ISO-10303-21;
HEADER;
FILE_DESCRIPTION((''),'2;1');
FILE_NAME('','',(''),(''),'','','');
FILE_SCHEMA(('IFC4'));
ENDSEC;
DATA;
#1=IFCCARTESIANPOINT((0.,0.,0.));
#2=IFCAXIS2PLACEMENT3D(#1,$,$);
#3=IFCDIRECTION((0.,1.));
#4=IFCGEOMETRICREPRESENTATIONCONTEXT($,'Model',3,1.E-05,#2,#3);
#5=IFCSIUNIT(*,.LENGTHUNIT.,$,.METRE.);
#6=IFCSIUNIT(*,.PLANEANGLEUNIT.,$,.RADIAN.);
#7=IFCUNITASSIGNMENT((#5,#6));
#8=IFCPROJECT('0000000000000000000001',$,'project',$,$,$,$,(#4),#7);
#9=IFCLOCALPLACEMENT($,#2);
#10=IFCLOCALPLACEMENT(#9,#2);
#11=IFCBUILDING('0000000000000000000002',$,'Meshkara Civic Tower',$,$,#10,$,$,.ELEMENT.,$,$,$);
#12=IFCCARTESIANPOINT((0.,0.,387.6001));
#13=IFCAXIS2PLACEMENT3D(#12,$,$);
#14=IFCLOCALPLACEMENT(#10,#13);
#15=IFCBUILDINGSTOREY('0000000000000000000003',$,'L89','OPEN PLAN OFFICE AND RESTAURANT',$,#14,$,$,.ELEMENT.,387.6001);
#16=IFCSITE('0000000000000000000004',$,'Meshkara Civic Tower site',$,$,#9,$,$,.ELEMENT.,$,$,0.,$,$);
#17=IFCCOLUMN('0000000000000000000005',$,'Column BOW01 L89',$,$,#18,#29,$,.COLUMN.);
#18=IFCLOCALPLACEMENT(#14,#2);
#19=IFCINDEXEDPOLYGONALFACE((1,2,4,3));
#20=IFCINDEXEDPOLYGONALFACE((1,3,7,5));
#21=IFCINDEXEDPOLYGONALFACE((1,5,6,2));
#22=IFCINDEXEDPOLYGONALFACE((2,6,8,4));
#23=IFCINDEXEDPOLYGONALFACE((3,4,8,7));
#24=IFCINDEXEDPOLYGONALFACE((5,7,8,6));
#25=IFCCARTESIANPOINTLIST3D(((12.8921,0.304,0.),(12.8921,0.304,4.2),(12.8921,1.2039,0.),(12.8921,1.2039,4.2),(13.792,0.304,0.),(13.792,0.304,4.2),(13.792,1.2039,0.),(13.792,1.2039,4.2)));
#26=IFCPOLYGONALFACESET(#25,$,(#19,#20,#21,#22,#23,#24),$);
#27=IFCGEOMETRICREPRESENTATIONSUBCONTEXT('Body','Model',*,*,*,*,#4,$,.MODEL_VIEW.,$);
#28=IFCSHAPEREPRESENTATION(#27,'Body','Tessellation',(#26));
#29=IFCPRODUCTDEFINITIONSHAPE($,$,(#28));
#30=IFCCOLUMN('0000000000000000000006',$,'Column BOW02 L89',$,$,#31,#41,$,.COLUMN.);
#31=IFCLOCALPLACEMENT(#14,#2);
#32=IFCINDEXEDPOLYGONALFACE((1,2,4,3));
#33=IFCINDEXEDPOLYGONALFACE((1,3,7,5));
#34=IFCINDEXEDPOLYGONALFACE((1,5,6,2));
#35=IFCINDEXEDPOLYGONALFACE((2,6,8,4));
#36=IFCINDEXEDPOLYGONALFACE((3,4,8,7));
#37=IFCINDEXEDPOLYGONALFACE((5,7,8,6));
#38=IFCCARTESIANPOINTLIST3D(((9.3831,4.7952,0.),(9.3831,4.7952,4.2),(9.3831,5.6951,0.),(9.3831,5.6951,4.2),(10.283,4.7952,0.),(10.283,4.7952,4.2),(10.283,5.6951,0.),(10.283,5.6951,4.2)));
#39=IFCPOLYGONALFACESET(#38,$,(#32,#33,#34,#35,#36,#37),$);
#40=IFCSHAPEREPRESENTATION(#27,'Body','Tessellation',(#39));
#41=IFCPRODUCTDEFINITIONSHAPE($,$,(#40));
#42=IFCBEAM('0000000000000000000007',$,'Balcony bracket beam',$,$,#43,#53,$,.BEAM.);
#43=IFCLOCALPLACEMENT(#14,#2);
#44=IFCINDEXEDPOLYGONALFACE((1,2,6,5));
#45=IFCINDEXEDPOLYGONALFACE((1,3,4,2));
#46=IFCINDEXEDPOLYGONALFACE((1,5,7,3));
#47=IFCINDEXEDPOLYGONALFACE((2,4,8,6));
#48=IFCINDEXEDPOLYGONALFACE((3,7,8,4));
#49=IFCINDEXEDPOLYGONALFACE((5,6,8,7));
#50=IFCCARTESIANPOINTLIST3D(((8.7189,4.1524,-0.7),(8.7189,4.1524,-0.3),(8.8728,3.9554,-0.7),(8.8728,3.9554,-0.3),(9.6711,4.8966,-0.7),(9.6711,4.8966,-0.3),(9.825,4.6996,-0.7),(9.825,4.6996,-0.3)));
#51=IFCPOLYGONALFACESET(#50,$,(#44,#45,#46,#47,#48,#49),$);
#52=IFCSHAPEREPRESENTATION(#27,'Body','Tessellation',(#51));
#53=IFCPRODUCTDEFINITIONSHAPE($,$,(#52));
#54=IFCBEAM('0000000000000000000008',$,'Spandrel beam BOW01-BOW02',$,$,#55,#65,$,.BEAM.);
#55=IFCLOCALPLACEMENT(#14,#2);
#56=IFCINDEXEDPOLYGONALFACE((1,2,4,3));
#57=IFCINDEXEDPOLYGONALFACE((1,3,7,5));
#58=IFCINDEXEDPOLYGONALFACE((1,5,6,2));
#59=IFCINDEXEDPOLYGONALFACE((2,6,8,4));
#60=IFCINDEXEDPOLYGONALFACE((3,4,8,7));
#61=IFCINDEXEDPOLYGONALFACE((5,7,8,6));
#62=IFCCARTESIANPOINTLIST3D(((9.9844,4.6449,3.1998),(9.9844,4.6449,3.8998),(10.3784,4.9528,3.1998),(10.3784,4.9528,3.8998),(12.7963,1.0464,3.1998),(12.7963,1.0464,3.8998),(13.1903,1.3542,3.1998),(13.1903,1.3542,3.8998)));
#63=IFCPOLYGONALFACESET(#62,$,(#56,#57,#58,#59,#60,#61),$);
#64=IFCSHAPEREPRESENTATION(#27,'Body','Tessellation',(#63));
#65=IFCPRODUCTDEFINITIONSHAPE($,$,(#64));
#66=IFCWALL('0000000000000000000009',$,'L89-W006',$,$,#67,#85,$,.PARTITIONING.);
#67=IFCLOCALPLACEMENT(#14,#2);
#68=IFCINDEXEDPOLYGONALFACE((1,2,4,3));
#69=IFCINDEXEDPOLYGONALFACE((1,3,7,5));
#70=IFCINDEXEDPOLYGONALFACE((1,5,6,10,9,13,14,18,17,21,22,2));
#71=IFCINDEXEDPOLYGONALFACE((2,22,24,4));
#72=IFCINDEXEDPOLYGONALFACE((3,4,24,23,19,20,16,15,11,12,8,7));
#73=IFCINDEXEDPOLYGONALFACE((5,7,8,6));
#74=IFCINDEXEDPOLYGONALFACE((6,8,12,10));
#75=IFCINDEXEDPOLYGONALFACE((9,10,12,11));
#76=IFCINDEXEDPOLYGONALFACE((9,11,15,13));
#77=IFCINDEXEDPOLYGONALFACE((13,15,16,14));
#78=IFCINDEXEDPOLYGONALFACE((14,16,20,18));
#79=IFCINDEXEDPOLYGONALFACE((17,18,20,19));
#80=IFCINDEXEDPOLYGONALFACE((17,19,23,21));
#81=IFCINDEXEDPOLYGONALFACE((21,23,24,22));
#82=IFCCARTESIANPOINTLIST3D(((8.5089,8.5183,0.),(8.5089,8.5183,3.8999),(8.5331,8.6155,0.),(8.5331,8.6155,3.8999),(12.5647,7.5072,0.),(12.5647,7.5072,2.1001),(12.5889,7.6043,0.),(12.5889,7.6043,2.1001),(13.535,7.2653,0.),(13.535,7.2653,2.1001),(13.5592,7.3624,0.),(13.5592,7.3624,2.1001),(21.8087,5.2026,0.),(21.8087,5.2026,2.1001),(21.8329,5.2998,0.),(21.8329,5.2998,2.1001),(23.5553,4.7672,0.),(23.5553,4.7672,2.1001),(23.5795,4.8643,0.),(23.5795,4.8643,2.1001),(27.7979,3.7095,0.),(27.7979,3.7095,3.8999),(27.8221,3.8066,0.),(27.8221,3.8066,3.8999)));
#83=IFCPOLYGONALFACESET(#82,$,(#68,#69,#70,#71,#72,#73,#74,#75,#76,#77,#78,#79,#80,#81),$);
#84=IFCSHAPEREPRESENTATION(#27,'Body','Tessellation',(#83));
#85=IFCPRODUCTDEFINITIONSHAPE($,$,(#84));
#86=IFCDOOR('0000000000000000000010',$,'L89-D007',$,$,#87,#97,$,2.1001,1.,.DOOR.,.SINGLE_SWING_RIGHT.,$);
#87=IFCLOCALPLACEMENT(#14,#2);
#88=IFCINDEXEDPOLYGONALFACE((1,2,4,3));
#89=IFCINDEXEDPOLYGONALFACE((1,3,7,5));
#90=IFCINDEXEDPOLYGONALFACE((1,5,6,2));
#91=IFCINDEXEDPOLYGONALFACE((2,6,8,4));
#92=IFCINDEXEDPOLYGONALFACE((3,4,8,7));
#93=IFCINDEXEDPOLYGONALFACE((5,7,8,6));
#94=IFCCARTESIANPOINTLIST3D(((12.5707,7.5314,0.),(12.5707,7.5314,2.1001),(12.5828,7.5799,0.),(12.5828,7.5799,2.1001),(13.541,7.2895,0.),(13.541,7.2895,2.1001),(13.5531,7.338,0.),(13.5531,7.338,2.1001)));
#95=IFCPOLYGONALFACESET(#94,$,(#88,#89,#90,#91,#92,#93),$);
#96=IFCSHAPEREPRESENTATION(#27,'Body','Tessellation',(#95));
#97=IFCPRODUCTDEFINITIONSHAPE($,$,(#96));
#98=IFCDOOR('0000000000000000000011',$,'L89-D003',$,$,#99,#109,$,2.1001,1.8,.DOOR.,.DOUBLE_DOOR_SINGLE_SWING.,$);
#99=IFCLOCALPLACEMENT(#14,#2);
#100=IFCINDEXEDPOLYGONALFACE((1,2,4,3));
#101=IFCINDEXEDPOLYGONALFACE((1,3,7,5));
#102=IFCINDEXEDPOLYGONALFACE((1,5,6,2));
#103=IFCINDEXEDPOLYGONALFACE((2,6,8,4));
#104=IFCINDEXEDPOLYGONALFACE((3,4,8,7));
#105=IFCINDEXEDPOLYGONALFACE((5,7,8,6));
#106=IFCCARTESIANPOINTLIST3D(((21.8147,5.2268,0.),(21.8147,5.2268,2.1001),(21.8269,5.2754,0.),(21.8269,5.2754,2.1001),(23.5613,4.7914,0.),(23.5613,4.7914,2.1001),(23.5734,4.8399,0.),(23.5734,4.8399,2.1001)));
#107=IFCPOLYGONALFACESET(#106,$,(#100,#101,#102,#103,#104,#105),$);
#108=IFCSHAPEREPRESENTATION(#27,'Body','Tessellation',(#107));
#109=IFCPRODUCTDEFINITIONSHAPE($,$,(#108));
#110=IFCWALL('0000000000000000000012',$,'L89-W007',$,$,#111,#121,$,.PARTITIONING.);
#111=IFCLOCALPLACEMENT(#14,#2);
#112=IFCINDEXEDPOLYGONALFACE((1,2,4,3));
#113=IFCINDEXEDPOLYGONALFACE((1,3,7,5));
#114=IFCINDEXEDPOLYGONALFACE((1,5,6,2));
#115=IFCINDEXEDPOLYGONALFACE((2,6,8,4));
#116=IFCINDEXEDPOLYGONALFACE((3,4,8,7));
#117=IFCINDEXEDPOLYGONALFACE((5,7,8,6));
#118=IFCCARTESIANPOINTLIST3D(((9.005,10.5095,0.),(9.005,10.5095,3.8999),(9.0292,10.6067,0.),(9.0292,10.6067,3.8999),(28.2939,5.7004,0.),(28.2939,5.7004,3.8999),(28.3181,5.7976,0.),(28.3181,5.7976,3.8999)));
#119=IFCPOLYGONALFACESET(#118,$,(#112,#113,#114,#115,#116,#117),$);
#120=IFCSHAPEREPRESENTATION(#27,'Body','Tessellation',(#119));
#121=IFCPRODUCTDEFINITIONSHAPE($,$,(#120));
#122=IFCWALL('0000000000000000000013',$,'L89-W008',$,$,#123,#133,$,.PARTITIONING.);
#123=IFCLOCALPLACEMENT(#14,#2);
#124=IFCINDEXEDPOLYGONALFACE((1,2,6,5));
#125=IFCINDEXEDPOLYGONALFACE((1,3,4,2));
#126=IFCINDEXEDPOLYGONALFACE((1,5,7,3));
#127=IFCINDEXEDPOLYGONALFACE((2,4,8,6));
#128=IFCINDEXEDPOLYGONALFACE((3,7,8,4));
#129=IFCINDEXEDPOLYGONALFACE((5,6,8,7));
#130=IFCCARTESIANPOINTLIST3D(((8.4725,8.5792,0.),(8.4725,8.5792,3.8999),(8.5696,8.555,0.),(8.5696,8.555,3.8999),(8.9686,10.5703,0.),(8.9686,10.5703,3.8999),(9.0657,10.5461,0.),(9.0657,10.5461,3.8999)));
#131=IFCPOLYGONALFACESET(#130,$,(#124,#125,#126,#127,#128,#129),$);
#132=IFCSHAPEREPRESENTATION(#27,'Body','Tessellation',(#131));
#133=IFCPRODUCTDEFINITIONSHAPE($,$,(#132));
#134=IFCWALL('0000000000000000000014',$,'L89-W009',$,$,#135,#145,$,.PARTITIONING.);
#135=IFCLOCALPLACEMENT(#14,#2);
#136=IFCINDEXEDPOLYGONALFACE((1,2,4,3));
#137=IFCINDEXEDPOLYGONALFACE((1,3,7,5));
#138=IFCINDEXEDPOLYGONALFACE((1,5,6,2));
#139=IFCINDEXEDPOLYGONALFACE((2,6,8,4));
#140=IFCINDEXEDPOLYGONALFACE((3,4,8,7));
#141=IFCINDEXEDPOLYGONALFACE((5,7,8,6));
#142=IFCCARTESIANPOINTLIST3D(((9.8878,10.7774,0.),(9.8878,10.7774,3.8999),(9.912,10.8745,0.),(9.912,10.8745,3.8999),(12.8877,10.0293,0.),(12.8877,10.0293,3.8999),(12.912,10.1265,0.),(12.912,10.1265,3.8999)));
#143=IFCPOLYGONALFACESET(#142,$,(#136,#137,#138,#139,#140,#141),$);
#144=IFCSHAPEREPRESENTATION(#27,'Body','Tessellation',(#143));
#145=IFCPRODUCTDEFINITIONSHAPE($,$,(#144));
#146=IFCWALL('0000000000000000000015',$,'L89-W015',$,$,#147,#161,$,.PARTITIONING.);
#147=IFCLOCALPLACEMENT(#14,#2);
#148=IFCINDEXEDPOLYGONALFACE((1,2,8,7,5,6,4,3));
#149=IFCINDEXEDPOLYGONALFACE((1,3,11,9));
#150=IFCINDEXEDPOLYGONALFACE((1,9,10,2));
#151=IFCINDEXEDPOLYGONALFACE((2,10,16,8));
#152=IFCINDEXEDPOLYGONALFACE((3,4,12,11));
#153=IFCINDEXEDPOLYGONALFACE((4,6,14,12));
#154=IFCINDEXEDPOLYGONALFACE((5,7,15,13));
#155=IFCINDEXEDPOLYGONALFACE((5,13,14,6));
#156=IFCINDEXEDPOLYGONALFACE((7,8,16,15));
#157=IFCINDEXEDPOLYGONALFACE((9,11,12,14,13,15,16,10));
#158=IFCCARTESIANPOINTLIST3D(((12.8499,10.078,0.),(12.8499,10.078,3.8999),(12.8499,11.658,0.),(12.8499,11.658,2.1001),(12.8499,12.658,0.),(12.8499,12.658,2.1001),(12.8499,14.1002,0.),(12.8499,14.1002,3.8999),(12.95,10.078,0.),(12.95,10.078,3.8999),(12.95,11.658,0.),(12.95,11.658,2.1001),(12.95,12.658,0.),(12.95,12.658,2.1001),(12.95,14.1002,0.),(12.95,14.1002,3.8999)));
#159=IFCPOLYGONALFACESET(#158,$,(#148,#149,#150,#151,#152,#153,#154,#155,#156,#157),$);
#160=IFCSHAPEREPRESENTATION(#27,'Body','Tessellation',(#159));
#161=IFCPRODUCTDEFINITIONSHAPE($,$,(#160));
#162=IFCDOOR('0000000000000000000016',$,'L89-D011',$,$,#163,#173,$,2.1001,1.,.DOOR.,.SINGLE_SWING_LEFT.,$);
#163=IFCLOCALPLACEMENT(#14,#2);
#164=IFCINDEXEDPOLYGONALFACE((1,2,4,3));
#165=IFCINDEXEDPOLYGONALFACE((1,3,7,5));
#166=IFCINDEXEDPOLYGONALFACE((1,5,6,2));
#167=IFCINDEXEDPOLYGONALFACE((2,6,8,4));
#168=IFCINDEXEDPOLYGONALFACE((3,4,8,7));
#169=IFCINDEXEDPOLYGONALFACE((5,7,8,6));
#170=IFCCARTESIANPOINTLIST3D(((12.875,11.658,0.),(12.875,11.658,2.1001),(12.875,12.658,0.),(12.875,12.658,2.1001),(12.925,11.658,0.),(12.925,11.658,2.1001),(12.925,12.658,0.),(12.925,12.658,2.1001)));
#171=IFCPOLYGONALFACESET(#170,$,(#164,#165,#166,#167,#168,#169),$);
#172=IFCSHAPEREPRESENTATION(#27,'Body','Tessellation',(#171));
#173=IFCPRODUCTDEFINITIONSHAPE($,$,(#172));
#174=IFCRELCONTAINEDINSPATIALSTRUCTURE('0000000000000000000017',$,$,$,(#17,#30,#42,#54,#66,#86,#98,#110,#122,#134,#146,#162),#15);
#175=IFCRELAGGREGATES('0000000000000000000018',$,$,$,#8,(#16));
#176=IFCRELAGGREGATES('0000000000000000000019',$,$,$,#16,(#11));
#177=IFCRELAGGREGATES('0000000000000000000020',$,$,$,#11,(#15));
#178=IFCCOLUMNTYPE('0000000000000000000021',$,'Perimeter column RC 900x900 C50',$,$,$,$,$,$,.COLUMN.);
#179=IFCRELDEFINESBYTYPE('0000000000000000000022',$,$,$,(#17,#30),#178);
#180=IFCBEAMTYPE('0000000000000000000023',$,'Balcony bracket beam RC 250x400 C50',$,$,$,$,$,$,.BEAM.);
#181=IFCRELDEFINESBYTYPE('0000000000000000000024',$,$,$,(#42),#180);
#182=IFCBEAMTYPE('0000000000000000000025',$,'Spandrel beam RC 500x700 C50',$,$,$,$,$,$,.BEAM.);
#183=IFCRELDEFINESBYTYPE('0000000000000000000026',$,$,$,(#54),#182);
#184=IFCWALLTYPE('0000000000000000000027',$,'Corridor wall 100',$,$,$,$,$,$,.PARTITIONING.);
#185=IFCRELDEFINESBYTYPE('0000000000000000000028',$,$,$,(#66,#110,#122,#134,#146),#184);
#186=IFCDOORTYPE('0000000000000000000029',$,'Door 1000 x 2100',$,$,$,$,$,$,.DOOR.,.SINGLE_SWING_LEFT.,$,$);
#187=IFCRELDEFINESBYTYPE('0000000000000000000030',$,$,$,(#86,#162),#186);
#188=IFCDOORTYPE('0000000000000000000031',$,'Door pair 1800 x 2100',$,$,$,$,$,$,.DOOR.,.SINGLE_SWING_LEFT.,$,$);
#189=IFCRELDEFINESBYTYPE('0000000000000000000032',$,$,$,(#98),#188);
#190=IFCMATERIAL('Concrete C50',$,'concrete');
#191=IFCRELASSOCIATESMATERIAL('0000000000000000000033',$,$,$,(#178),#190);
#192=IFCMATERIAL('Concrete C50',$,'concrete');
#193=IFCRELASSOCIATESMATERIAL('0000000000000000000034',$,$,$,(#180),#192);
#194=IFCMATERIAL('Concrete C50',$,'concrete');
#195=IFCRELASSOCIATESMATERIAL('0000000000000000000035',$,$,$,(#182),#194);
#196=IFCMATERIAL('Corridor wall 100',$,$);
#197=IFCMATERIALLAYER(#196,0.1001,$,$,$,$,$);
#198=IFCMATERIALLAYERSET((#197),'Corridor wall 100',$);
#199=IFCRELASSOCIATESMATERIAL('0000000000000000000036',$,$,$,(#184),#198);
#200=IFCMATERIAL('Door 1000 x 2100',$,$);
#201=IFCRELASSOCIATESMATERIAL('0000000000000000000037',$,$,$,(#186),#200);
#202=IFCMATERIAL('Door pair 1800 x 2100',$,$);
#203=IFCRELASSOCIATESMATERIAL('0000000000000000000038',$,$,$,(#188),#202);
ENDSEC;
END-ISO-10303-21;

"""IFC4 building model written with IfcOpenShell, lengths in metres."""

from ifc_helpers import new_model, si_unit, direction, frame, frame_2d, origin, origin_2d, place, context, subcontext, project, spatial, rectangle, extrude, material, layer, layer_set, material_profile, profile_set, type_object, element, fill, save


model = new_model("IFC4")

# Units and contexts
model_context = context("Model", 3, precision=1e-05, world=origin(), true_north=direction((0.0, 1.0)))
body_context = subcontext(model_context, "Body", "Model", "MODEL_VIEW")
ifc_project = project(units=[si_unit("LENGTHUNIT", "METRE"), si_unit("PLANEANGLEUNIT", "RADIAN")], contexts=[model_context])

# Site, building, storey
site_placement = place(None, origin())
site = spatial("IfcSite", under=ifc_project, at=site_placement, Name="Meshkara Civic Tower site", CompositionType="ELEMENT", RefElevation=0.0)
building_placement = place(site_placement, origin())
building = spatial("IfcBuilding", under=site, at=building_placement, Name="Meshkara Civic Tower", CompositionType="ELEMENT")
storey_placement = place(building_placement, frame((0.0, 0.0, 387.6001)))
storey = spatial("IfcBuildingStorey", under=building, at=storey_placement, Name="L89", Description="OPEN PLAN OFFICE AND RESTAURANT", CompositionType="ELEMENT", Elevation=387.6001)

# Columns
ifc_material_1 = material(Name="Concrete C50", Category="concrete")
ifc_material_profile_1 = material_profile(ifc_material_1, rectangle(XDim=0.8999, YDim=0.8999, at=origin_2d()))
ifc_profile_set_1 = profile_set([ifc_material_profile_1], Name="Concrete C50")
column_type = type_object("IfcColumnType", Name="Perimeter column RC 900x900 C50", PredefinedType="COLUMN", material=ifc_profile_set_1)
for number, where, z_axis, x_axis, name in (
    (1, (13.342, 0.7539, 0.0), (0.0, 0.0, 1.0), (1.0, 0.0, 0.0), "Column BOW01 L89"),
    (2, (9.833, 5.2451, 0.0), (0.0, 0.0, 1.0), (1.0, 0.0, 0.0), "Column BOW02 L89"),
):
    element("IfcColumn", number, at=place(storey_placement, frame(where, z_axis=z_axis, x_axis=x_axis)), inside=storey, type_object=column_type, Name=name, PredefinedType="COLUMN", context=body_context, shape_type="SweptSolid", body=[
        extrude(rectangle(XDim=0.8999, YDim=0.8999, at=origin_2d()), origin(), (0.0, 0.0, 1.0), 4.2),
    ])

# Beams
ifc_material_2 = material(Name="Concrete C50", Category="concrete")
ifc_material_profile_2 = material_profile(ifc_material_2, rectangle(XDim=0.25, YDim=0.3999, at=origin_2d()))
ifc_profile_set_2 = profile_set([ifc_material_profile_2], Name="Concrete C50")
beam_type_1 = type_object("IfcBeamType", Name="Balcony bracket beam RC 250x400 C50", PredefinedType="BEAM", material=ifc_profile_set_2)
beam_1_placement = place(storey_placement, frame((9.748, 4.7981, -0.5), z_axis=(-0.787914, -0.615785, 0.0), x_axis=(0.615785, -0.787914, 0.0)))
element("IfcBeam", 3, at=beam_1_placement, inside=storey, type_object=beam_type_1, Name="Balcony bracket beam", PredefinedType="BEAM", context=body_context, shape_type="SweptSolid", body=[
    extrude(rectangle(XDim=0.25, YDim=0.3999, at=origin_2d()), origin(), (0.0, 0.0, 1.0), 1.2085),
])
ifc_material_3 = material(Name="Concrete C50", Category="concrete")
ifc_material_profile_3 = material_profile(ifc_material_3, rectangle(XDim=0.5, YDim=0.7, at=origin_2d()))
ifc_profile_set_3 = profile_set([ifc_material_profile_3], Name="Concrete C50")
beam_type_2 = type_object("IfcBeamType", Name="Spandrel beam RC 500x700 C50", PredefinedType="BEAM", material=ifc_profile_set_3)
beam_2_placement = place(storey_placement, frame((10.1814, 4.7988, 3.5498), z_axis=(0.615723, -0.787963, 0.0), x_axis=(0.787963, 0.615723, 0.0)))
element("IfcBeam", 4, at=beam_2_placement, inside=storey, type_object=beam_type_2, Name="Spandrel beam BOW01-BOW02", PredefinedType="BEAM", context=body_context, shape_type="SweptSolid", body=[
    extrude(rectangle(XDim=0.5, YDim=0.7, at=origin_2d()), origin(), (0.0, 0.0, 1.0), 4.5669),
])

# Wall, openings, doors
ifc_material_4 = material(Name="Corridor wall 100")
ifc_layer_1 = layer(ifc_material_4, 0.1001)
ifc_layer_set_1 = layer_set([ifc_layer_1], Name="Corridor wall 100")
wall_type_1 = type_object("IfcWallType", Name="Corridor wall 100", PredefinedType="PARTITIONING", material=ifc_layer_set_1)
wall_1_placement = place(storey_placement, frame((8.521, 8.5669, 0.0), z_axis=(0.0, 0.0, 1.0), x_axis=(0.970301, -0.2419, 0.0)))
wall_1 = element("IfcWall", 5, at=wall_1_placement, inside=storey, type_object=wall_type_1, Name="L89-W006", PredefinedType="PARTITIONING", context=body_context, shape_type="SweptSolid", body=[
    extrude(rectangle(XDim=19.8794, YDim=0.1001, at=frame_2d((9.9397, 0.0))), origin(), (0.0, 0.0, 1.0), 3.8999),
])
opening_1_placement = place(wall_1_placement, frame((13.707, 0.0, 0.0)))
opening_1 = element("IfcOpeningElement", 6, at=opening_1_placement, cuts=wall_1, PredefinedType="OPENING", context=body_context, shape_type="SweptSolid", body=[
    extrude(rectangle(XDim=1.8, YDim=2.1001, at=frame_2d((0.8999, 1.05))), frame((0.0, 0.0601, 0.0), z_axis=(0.0, -1.0, 0.0), x_axis=(1.0, 0.0, 0.0)), (0.0, 0.0, 1.0), 0.1201),
])
opening_2_placement = place(wall_1_placement, frame((4.1799, 0.0, 0.0)))
opening_2 = element("IfcOpeningElement", 7, at=opening_2_placement, cuts=wall_1, PredefinedType="OPENING", context=body_context, shape_type="SweptSolid", body=[
    extrude(rectangle(XDim=1.0, YDim=2.1001, at=frame_2d((0.5, 1.05))), frame((0.0, 0.0601, 0.0), z_axis=(0.0, -1.0, 0.0), x_axis=(1.0, 0.0, 0.0)), (0.0, 0.0, 1.0), 0.1201),
])
ifc_material_5 = material(Name="Door 1000 x 2100")
door_type_1 = type_object("IfcDoorType", Name="Door 1000 x 2100", OperationType="SINGLE_SWING_LEFT", PredefinedType="DOOR", material=ifc_material_5)
door_1_placement = place(opening_2_placement, origin())
door_1 = element("IfcDoor", 8, at=door_1_placement, inside=storey, type_object=door_type_1, Name="L89-D007", OperationType="SINGLE_SWING_RIGHT", OverallHeight=2.1001, OverallWidth=1.0, PredefinedType="DOOR", context=body_context, shape_type="SweptSolid", body=[
    extrude(rectangle(XDim=1.0, YDim=2.1001, at=frame_2d((0.5, 1.05))), frame((0.0, 0.0249, 0.0), z_axis=(0.0, -1.0, 0.0), x_axis=(1.0, 0.0, 0.0)), (0.0, 0.0, 1.0), 0.05),
])
fill(opening_2, door_1)
ifc_material_6 = material(Name="Door pair 1800 x 2100")
door_type_2 = type_object("IfcDoorType", Name="Door pair 1800 x 2100", OperationType="SINGLE_SWING_LEFT", PredefinedType="DOOR", material=ifc_material_6)
door_2_placement = place(opening_1_placement, origin())
door_2 = element("IfcDoor", 9, at=door_2_placement, inside=storey, type_object=door_type_2, Name="L89-D003", OperationType="DOUBLE_DOOR_SINGLE_SWING", OverallHeight=2.1001, OverallWidth=1.8, PredefinedType="DOOR", context=body_context, shape_type="SweptSolid", body=[
    extrude(rectangle(XDim=1.8, YDim=2.1001, at=frame_2d((0.8999, 1.05))), frame((0.0, 0.0249, 0.0), z_axis=(0.0, -1.0, 0.0), x_axis=(1.0, 0.0, 0.0)), (0.0, 0.0, 1.0), 0.05),
])
fill(opening_1, door_2)

# Walls
wall_2_placement = place(storey_placement, frame((9.0171, 10.5581, 0.0), z_axis=(0.0, 0.0, 1.0), x_axis=(0.970298, -0.241914, 0.0)))
element("IfcWall", 10, at=wall_2_placement, inside=storey, type_object=wall_type_1, Name="L89-W007", PredefinedType="PARTITIONING", context=body_context, shape_type="SweptSolid", body=[
    extrude(rectangle(XDim=19.8794, YDim=0.1001, at=frame_2d((9.9397, 0.0))), origin(), (0.0, 0.0, 1.0), 3.8999),
])
wall_3_placement = place(storey_placement, frame((9.0171, 10.5581, 0.0), z_axis=(0.0, 0.0, 1.0), x_axis=(-0.241752, -0.970338, 0.0)))
element("IfcWall", 11, at=wall_3_placement, inside=storey, type_object=wall_type_1, Name="L89-W008", PredefinedType="PARTITIONING", context=body_context, shape_type="SweptSolid", body=[
    extrude(rectangle(XDim=2.052, YDim=0.1001, at=frame_2d((1.0259, 0.0))), origin(), (0.0, 0.0, 1.0), 3.8999),
])
wall_4_placement = place(storey_placement, frame((9.8999, 10.8259, 0.0), z_axis=(0.0, 0.0, 1.0), x_axis=(0.970291, -0.241941, 0.0)))
element("IfcWall", 12, at=wall_4_placement, inside=storey, type_object=wall_type_1, Name="L89-W009", PredefinedType="PARTITIONING", context=body_context, shape_type="SweptSolid", body=[
    extrude(rectangle(XDim=3.0918, YDim=0.1001, at=frame_2d((1.5459, 0.0))), origin(), (0.0, 0.0, 1.0), 3.8999),
])

# Wall, opening, door
wall_5_placement = place(storey_placement, frame((12.8999, 10.0779, 0.0), z_axis=(0.0, 0.0, 1.0), x_axis=(0.0, 1.0, 0.0)))
wall_5 = element("IfcWall", 13, at=wall_5_placement, inside=storey, type_object=wall_type_1, Name="L89-W015", PredefinedType="PARTITIONING", context=body_context, shape_type="SweptSolid", body=[
    extrude(rectangle(XDim=4.0222, YDim=0.1001, at=frame_2d((2.0112, 0.0))), origin(), (0.0, 0.0, 1.0), 3.8999),
])
opening_3_placement = place(wall_5_placement, frame((1.5801, 0.0, 0.0)))
opening_3 = element("IfcOpeningElement", 14, at=opening_3_placement, cuts=wall_5, PredefinedType="OPENING", context=body_context, shape_type="SweptSolid", body=[
    extrude(rectangle(XDim=1.0, YDim=2.1001, at=frame_2d((0.5, 1.05))), frame((0.0, 0.0601, 0.0), z_axis=(0.0, -1.0, 0.0), x_axis=(1.0, 0.0, 0.0)), (0.0, 0.0, 1.0), 0.1201),
])
door_3_placement = place(opening_3_placement, origin())
door_3 = element("IfcDoor", 15, at=door_3_placement, inside=storey, type_object=door_type_1, Name="L89-D011", OperationType="SINGLE_SWING_LEFT", OverallHeight=2.1001, OverallWidth=1.0, PredefinedType="DOOR", context=body_context, shape_type="SweptSolid", body=[
    extrude(rectangle(XDim=1.0, YDim=2.1001, at=frame_2d((0.5, 1.05))), frame((0.0, 0.0249, 0.0), z_axis=(0.0, -1.0, 0.0), x_axis=(1.0, 0.0, 0.0)), (0.0, 0.0, 1.0), 0.05),
])
fill(opening_3, door_3)

save(model, "model.ifc")
